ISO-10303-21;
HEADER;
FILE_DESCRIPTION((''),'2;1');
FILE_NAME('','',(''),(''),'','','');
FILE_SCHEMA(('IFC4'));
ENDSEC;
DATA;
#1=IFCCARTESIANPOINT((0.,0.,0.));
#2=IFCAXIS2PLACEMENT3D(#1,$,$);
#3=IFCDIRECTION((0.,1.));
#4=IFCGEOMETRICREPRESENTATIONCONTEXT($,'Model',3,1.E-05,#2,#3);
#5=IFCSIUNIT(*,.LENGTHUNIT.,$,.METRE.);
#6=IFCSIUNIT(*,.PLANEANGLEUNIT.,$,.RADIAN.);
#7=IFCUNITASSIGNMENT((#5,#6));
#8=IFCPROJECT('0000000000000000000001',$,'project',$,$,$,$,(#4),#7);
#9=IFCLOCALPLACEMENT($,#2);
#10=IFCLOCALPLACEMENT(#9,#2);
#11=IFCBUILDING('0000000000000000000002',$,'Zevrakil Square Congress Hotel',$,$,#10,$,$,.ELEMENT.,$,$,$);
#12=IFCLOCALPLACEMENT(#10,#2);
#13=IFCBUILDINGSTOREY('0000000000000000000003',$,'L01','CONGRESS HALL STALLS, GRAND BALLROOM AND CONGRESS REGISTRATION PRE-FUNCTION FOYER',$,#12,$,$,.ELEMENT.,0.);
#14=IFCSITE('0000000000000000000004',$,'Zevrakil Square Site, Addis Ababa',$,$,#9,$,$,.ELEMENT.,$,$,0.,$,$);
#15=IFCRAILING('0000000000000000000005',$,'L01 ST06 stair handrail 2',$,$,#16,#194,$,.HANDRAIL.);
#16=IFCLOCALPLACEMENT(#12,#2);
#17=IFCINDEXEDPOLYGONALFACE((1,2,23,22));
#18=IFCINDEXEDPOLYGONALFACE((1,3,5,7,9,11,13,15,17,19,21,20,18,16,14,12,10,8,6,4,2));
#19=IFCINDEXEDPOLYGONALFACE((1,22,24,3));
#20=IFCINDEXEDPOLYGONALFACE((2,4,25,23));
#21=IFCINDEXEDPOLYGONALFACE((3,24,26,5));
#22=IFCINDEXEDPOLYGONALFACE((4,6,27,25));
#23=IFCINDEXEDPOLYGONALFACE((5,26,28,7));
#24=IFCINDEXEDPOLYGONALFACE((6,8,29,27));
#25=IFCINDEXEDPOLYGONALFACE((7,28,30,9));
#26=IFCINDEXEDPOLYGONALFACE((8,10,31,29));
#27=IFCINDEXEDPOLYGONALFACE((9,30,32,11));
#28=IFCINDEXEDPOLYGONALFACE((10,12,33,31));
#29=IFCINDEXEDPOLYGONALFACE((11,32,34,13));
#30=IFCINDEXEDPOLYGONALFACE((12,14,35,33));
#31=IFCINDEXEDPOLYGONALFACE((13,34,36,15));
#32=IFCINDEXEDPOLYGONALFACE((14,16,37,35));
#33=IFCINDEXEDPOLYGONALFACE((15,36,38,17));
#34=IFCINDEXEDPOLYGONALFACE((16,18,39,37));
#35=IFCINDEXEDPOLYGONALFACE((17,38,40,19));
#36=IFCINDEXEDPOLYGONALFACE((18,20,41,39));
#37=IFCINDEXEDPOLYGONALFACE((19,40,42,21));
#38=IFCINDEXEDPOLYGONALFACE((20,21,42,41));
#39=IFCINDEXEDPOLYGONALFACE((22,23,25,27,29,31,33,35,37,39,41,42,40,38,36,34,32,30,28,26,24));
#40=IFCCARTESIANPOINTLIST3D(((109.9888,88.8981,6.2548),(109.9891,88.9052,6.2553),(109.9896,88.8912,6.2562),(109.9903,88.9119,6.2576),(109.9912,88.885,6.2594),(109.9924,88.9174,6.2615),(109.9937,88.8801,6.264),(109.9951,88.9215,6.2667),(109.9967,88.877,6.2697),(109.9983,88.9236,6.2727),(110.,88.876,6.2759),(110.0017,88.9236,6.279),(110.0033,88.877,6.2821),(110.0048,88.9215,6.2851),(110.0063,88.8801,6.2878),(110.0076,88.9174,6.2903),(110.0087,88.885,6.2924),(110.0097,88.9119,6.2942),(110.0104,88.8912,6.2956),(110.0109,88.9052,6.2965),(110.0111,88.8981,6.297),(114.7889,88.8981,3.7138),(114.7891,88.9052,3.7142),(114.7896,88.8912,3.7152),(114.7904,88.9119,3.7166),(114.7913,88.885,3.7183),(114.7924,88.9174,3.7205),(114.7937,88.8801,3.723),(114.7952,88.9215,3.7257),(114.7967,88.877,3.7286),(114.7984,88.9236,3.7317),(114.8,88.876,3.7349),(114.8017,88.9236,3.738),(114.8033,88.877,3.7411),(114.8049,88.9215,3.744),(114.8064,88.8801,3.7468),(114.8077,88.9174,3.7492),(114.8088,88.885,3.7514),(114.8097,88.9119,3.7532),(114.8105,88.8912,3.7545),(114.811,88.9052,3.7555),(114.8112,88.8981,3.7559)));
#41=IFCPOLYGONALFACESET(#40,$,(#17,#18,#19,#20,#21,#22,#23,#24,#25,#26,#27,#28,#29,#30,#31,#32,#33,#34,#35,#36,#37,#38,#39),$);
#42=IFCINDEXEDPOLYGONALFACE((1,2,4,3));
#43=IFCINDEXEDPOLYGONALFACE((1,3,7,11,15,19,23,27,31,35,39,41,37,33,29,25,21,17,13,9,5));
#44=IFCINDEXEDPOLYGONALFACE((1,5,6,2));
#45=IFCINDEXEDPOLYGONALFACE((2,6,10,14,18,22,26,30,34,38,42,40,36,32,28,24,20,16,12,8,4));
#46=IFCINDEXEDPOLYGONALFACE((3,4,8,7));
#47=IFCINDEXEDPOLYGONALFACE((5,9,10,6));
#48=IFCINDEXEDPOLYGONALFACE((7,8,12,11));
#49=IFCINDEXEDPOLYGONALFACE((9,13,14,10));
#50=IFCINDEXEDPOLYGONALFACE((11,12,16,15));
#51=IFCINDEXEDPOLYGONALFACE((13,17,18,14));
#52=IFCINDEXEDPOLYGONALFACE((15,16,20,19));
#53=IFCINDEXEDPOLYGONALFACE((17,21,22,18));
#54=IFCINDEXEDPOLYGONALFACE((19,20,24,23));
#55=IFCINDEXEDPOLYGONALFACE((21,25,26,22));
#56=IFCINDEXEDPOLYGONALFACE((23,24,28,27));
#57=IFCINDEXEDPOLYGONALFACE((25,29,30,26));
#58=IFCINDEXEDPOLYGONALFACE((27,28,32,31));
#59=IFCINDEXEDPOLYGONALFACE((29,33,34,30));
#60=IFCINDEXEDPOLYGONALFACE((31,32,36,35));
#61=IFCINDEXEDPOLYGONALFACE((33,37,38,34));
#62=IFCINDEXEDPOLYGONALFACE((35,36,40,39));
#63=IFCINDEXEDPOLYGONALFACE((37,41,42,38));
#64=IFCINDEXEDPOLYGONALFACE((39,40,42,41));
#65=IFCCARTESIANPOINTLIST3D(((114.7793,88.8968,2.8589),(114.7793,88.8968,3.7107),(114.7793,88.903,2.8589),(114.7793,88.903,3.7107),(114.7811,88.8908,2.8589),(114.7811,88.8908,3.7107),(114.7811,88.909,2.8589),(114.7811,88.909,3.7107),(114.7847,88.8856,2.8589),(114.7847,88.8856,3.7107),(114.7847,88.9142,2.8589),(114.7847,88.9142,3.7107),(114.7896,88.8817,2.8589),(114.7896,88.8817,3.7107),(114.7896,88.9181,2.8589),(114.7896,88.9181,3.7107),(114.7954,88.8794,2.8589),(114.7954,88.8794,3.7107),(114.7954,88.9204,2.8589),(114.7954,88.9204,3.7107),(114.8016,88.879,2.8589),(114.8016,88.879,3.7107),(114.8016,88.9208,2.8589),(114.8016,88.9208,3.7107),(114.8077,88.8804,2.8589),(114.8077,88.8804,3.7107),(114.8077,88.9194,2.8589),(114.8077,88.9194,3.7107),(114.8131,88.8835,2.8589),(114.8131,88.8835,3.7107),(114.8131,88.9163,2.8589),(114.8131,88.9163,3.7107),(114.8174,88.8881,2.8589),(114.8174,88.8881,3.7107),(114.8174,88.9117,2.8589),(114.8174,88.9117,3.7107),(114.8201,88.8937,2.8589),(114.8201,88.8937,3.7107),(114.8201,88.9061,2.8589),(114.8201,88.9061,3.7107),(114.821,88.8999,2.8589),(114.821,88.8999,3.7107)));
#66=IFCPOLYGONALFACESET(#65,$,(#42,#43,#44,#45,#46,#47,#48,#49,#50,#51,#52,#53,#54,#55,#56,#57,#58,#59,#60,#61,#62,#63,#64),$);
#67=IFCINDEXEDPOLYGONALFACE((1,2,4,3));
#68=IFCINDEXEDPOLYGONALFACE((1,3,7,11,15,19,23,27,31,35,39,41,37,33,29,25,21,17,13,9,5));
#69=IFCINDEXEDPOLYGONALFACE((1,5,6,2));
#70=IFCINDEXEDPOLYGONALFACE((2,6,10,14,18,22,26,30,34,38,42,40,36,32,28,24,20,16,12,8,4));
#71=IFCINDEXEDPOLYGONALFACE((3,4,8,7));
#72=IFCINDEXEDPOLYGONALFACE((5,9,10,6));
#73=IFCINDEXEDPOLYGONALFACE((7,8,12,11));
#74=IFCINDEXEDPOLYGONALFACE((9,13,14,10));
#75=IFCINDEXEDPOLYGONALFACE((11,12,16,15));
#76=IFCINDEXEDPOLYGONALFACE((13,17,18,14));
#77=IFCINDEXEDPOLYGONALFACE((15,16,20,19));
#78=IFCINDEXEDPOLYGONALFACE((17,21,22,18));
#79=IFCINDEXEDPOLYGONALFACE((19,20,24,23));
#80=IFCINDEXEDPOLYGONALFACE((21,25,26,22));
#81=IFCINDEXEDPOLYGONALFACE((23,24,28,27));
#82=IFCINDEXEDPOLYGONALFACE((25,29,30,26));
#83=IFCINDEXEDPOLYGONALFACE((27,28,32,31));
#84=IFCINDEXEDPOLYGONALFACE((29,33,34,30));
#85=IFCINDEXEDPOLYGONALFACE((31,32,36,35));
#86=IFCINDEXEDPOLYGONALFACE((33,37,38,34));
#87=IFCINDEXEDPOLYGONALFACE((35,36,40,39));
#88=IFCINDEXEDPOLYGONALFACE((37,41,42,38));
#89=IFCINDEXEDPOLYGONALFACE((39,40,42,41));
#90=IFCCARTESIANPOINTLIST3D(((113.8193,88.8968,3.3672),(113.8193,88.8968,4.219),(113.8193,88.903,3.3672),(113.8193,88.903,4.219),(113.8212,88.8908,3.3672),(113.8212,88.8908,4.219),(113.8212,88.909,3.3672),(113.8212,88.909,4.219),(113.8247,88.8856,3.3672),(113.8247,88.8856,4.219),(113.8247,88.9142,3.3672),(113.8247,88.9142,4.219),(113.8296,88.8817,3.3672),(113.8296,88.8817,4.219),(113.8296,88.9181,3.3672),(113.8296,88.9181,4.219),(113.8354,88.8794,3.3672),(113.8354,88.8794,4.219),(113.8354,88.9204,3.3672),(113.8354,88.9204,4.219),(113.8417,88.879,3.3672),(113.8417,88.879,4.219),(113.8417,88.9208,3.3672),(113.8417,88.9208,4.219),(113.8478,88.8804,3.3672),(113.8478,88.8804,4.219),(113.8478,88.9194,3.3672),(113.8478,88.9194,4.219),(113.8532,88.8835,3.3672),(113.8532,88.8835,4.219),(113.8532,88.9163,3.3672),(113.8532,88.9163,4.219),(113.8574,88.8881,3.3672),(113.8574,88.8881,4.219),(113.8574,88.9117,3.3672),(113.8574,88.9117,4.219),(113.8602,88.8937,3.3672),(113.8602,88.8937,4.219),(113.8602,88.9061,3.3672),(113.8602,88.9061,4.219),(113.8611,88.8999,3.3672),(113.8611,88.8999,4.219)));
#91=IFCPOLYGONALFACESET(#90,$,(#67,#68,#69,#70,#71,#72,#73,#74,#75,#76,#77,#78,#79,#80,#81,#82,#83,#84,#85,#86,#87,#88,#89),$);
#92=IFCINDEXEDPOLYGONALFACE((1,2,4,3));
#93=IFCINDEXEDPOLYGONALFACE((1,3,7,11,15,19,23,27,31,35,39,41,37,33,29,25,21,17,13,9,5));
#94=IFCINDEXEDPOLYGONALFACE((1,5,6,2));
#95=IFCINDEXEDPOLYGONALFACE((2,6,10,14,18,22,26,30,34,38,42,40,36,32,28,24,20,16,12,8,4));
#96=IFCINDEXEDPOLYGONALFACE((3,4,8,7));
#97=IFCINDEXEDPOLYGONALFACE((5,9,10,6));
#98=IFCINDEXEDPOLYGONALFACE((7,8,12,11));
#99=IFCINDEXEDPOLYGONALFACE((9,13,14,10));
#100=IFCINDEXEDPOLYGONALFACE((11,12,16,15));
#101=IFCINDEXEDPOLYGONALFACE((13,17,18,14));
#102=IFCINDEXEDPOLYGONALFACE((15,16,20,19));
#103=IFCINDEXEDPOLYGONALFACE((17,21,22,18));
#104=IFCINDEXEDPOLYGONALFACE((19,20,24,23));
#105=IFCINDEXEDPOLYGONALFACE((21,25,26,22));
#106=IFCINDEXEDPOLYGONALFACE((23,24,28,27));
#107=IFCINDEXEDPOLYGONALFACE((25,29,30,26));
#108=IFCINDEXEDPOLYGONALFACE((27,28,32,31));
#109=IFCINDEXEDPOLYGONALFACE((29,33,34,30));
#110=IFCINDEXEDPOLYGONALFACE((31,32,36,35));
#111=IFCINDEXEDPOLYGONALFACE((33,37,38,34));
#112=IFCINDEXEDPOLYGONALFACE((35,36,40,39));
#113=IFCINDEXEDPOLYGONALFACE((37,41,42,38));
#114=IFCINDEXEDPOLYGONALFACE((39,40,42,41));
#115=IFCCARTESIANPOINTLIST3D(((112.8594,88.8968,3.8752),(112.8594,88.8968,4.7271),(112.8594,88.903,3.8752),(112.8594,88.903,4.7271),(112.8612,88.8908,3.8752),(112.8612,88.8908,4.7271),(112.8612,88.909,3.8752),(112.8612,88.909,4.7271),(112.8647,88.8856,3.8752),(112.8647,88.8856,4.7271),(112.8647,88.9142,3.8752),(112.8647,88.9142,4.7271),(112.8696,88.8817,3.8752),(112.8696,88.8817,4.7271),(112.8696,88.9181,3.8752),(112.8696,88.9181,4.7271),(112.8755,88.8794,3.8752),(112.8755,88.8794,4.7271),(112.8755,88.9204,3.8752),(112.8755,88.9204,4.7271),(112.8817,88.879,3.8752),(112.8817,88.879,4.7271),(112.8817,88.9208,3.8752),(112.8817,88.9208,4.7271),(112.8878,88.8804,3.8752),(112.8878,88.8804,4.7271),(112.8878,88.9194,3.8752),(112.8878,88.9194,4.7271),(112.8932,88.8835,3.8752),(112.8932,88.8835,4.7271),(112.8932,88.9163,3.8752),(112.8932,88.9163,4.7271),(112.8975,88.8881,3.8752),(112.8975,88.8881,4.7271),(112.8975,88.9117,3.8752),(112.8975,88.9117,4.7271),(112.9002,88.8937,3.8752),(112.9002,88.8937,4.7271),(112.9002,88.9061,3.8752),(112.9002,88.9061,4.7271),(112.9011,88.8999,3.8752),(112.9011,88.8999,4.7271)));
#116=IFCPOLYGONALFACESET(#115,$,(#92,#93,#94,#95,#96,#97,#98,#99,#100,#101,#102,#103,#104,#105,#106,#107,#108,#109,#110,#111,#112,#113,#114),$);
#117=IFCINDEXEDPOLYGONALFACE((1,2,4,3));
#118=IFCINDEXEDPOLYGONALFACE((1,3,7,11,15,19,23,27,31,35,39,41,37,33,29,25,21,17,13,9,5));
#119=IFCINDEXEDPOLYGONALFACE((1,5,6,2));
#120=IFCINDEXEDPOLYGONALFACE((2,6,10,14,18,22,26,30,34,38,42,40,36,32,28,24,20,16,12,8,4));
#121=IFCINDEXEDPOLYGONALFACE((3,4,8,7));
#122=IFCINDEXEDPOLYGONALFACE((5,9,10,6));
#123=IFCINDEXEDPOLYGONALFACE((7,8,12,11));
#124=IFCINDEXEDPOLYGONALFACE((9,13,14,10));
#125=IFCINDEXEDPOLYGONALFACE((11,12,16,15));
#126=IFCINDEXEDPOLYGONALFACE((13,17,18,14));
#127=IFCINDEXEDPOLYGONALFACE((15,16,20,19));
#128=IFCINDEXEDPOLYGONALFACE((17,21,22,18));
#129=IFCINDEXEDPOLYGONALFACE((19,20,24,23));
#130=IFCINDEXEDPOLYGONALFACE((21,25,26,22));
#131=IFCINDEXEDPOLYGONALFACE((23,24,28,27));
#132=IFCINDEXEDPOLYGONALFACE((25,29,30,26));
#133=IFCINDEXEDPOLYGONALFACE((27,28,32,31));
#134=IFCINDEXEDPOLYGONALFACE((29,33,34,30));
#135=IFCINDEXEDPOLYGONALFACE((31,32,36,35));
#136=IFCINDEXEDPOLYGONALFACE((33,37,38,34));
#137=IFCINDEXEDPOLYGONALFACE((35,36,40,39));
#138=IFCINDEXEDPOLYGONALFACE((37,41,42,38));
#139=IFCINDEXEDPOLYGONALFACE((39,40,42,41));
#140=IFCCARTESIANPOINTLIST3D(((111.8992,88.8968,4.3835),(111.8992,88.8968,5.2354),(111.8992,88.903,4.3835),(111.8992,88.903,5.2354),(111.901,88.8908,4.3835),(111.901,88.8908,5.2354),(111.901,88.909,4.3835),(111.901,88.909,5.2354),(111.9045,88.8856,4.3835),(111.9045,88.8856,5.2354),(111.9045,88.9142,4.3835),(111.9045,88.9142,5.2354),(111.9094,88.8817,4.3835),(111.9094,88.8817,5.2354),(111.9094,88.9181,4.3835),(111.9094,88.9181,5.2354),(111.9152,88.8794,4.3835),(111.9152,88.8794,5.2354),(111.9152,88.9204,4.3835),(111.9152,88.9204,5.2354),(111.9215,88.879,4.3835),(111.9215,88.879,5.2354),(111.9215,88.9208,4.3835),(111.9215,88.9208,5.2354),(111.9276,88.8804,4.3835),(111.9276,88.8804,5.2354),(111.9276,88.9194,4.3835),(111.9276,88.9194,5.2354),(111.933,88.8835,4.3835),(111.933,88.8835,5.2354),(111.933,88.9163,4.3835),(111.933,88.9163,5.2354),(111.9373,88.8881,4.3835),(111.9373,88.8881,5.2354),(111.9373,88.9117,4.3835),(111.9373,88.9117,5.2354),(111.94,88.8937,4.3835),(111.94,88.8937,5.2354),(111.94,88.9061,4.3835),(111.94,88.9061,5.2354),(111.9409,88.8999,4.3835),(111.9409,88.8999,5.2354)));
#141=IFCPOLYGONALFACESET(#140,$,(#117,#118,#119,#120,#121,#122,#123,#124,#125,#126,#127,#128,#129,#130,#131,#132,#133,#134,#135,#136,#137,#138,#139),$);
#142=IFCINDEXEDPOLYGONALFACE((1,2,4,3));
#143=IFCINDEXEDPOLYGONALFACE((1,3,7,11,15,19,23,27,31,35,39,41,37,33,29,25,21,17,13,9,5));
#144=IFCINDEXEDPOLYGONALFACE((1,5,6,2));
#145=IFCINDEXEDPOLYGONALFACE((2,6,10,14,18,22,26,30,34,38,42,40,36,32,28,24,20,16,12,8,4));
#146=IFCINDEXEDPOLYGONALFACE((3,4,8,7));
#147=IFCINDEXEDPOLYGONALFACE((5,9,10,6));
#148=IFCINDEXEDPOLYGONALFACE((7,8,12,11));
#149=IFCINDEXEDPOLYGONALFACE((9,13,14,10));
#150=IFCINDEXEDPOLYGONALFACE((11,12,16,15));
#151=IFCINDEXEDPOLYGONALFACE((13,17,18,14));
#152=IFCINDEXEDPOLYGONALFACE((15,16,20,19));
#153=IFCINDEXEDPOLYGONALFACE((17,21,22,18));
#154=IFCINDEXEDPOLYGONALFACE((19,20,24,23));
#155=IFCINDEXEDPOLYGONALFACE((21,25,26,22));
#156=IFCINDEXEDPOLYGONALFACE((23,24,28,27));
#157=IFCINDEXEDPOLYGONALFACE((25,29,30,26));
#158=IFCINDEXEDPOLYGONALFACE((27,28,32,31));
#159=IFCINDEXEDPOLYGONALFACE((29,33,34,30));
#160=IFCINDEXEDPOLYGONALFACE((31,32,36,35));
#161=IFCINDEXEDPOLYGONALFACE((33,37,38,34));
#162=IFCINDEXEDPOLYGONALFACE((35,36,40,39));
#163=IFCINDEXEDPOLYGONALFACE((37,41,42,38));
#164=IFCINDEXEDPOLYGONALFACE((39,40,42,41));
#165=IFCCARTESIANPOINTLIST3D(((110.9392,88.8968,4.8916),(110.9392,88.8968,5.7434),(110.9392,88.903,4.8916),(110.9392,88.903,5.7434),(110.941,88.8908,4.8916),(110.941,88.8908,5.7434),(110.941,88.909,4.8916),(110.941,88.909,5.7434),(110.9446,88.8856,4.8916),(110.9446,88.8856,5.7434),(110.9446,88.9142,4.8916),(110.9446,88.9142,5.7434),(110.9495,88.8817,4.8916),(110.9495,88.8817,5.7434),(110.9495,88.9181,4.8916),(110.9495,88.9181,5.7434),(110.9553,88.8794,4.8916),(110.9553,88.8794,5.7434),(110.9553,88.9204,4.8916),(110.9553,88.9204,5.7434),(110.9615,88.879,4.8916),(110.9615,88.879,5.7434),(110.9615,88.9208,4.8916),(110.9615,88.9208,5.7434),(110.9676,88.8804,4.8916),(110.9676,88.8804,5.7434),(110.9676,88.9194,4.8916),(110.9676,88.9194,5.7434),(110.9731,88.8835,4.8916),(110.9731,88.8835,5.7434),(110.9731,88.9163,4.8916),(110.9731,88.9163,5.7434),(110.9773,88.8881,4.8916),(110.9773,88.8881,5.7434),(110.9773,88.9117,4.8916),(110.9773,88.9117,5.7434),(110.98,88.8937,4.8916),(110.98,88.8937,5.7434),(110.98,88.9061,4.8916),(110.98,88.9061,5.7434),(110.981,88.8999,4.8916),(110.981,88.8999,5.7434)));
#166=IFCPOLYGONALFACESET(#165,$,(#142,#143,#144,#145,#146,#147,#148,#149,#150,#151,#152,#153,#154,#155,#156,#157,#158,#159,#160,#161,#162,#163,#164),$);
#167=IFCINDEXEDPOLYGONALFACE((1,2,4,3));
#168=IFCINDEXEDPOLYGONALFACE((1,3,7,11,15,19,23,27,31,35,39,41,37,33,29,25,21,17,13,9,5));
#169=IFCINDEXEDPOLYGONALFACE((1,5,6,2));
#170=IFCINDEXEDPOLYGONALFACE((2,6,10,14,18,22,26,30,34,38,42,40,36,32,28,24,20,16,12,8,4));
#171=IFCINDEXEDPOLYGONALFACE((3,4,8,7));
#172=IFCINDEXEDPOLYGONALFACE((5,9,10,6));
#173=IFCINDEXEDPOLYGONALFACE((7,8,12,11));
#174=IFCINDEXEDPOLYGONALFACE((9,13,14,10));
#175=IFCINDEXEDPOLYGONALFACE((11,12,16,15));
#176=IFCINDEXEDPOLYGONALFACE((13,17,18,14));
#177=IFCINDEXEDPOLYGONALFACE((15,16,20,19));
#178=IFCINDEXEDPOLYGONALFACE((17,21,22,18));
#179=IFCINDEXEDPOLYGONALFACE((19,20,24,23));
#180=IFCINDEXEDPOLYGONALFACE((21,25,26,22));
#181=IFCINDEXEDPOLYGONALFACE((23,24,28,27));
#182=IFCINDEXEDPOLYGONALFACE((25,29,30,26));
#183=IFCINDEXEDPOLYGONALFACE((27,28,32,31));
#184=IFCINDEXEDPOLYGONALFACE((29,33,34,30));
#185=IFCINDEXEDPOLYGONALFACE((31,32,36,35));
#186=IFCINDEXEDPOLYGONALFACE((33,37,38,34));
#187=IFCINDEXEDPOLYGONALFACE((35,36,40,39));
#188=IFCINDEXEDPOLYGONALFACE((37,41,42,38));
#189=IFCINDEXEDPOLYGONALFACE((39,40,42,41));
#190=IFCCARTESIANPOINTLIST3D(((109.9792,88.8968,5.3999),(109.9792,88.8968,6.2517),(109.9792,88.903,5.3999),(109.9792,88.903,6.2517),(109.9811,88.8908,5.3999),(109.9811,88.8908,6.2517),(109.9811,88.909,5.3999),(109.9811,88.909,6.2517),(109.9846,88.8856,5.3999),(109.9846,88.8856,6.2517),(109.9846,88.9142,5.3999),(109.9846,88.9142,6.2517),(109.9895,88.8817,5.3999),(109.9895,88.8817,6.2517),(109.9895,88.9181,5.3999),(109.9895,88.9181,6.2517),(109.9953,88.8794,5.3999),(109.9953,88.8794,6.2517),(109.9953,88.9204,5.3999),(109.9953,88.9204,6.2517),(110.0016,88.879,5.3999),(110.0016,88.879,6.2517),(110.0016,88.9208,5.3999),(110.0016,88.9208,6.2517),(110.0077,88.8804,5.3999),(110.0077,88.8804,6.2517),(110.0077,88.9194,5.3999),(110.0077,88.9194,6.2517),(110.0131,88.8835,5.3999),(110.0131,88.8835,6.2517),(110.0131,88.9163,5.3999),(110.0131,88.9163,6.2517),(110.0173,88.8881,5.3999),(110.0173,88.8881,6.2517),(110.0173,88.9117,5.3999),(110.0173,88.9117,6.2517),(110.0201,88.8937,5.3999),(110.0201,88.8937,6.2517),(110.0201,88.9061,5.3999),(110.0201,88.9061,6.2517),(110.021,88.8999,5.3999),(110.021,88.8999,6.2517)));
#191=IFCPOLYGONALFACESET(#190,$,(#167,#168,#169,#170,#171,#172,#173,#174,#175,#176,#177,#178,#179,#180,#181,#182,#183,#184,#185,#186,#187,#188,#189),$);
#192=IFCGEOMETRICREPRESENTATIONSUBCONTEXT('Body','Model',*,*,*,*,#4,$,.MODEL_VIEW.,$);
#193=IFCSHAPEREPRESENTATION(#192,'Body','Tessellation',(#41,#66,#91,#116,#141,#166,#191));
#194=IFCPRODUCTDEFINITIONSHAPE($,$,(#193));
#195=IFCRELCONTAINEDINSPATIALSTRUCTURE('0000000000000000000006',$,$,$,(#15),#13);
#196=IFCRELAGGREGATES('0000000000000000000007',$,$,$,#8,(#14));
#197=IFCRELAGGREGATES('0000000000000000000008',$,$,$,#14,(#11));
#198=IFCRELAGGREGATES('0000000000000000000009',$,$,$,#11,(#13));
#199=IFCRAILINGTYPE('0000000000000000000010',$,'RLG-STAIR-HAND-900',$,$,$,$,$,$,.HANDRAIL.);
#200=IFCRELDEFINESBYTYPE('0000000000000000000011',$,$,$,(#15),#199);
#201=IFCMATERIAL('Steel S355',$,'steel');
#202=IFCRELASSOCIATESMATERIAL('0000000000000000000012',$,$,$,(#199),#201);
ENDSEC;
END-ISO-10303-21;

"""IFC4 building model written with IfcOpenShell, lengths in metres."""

from ifc_helpers import new_model, si_unit, direction, frame, origin, origin_2d, place, context, subcontext, project, spatial, circle, extrude, material, type_object, element, save


model = new_model("IFC4")

# Units and contexts
model_context = context("Model", 3, precision=1e-05, world=origin(), true_north=direction((0.0, 1.0)))
body_context = subcontext(model_context, "Body", "Model", "MODEL_VIEW")
ifc_project = project(units=[si_unit("LENGTHUNIT", "METRE"), si_unit("PLANEANGLEUNIT", "RADIAN")], contexts=[model_context])

# Site, building, storey
site_placement = place(None, origin())
site = spatial("IfcSite", under=ifc_project, at=site_placement, Name="Zevrakil Square Site, Addis Ababa", CompositionType="ELEMENT", RefElevation=0.0)
building_placement = place(site_placement, origin())
building = spatial("IfcBuilding", under=site, at=building_placement, Name="Zevrakil Square Congress Hotel", CompositionType="ELEMENT")
storey_placement = place(building_placement, origin())
storey = spatial("IfcBuildingStorey", under=building, at=storey_placement, Name="L01", Description="CONGRESS HALL STALLS, GRAND BALLROOM AND CONGRESS REGISTRATION PRE-FUNCTION FOYER", CompositionType="ELEMENT", Elevation=0.0)

# Railing
ifc_material_1 = material(Name="Steel S355", Category="steel")
railing_type = type_object("IfcRailingType", Name="RLG-STAIR-HAND-900", PredefinedType="HANDRAIL", material=ifc_material_1)
railing_placement = place(storey_placement, frame((114.8, 88.8999, 2.8589)))
element("IfcRailing", 1, at=railing_placement, inside=storey, type_object=railing_type, Name="L01 ST06 stair handrail 2", PredefinedType="HANDRAIL", context=body_context, shape_type="SweptSolid", body=[
    extrude(circle(Radius=0.0239, at=origin_2d()), frame((0.0, 0.0, 0.876), z_axis=(-0.883802, 0.0, 0.467861), x_axis=(0.0, -1.0, 0.0)), (0.0, 0.0, 1.0), 5.4312),
    extrude(circle(Radius=0.021, at=origin_2d()), origin(), (0.0, 0.0, 1.0), 0.8518),
    extrude(circle(Radius=0.021, at=origin_2d()), frame((-0.96, 0.0, 0.5083)), (0.0, 0.0, 1.0), 0.8518),
    extrude(circle(Radius=0.021, at=origin_2d()), frame((-1.9199, 0.0, 1.0164)), (0.0, 0.0, 1.0), 0.8518),
    extrude(circle(Radius=0.021, at=origin_2d()), frame((-2.8801, 0.0, 1.5247)), (0.0, 0.0, 1.0), 0.8518),
    extrude(circle(Radius=0.021, at=origin_2d()), frame((-3.8401, 0.0, 2.0327)), (0.0, 0.0, 1.0), 0.8518),
    extrude(circle(Radius=0.021, at=origin_2d()), frame((-4.8, 0.0, 2.541)), (0.0, 0.0, 1.0), 0.8518),
])

save(model, "model.ifc")
